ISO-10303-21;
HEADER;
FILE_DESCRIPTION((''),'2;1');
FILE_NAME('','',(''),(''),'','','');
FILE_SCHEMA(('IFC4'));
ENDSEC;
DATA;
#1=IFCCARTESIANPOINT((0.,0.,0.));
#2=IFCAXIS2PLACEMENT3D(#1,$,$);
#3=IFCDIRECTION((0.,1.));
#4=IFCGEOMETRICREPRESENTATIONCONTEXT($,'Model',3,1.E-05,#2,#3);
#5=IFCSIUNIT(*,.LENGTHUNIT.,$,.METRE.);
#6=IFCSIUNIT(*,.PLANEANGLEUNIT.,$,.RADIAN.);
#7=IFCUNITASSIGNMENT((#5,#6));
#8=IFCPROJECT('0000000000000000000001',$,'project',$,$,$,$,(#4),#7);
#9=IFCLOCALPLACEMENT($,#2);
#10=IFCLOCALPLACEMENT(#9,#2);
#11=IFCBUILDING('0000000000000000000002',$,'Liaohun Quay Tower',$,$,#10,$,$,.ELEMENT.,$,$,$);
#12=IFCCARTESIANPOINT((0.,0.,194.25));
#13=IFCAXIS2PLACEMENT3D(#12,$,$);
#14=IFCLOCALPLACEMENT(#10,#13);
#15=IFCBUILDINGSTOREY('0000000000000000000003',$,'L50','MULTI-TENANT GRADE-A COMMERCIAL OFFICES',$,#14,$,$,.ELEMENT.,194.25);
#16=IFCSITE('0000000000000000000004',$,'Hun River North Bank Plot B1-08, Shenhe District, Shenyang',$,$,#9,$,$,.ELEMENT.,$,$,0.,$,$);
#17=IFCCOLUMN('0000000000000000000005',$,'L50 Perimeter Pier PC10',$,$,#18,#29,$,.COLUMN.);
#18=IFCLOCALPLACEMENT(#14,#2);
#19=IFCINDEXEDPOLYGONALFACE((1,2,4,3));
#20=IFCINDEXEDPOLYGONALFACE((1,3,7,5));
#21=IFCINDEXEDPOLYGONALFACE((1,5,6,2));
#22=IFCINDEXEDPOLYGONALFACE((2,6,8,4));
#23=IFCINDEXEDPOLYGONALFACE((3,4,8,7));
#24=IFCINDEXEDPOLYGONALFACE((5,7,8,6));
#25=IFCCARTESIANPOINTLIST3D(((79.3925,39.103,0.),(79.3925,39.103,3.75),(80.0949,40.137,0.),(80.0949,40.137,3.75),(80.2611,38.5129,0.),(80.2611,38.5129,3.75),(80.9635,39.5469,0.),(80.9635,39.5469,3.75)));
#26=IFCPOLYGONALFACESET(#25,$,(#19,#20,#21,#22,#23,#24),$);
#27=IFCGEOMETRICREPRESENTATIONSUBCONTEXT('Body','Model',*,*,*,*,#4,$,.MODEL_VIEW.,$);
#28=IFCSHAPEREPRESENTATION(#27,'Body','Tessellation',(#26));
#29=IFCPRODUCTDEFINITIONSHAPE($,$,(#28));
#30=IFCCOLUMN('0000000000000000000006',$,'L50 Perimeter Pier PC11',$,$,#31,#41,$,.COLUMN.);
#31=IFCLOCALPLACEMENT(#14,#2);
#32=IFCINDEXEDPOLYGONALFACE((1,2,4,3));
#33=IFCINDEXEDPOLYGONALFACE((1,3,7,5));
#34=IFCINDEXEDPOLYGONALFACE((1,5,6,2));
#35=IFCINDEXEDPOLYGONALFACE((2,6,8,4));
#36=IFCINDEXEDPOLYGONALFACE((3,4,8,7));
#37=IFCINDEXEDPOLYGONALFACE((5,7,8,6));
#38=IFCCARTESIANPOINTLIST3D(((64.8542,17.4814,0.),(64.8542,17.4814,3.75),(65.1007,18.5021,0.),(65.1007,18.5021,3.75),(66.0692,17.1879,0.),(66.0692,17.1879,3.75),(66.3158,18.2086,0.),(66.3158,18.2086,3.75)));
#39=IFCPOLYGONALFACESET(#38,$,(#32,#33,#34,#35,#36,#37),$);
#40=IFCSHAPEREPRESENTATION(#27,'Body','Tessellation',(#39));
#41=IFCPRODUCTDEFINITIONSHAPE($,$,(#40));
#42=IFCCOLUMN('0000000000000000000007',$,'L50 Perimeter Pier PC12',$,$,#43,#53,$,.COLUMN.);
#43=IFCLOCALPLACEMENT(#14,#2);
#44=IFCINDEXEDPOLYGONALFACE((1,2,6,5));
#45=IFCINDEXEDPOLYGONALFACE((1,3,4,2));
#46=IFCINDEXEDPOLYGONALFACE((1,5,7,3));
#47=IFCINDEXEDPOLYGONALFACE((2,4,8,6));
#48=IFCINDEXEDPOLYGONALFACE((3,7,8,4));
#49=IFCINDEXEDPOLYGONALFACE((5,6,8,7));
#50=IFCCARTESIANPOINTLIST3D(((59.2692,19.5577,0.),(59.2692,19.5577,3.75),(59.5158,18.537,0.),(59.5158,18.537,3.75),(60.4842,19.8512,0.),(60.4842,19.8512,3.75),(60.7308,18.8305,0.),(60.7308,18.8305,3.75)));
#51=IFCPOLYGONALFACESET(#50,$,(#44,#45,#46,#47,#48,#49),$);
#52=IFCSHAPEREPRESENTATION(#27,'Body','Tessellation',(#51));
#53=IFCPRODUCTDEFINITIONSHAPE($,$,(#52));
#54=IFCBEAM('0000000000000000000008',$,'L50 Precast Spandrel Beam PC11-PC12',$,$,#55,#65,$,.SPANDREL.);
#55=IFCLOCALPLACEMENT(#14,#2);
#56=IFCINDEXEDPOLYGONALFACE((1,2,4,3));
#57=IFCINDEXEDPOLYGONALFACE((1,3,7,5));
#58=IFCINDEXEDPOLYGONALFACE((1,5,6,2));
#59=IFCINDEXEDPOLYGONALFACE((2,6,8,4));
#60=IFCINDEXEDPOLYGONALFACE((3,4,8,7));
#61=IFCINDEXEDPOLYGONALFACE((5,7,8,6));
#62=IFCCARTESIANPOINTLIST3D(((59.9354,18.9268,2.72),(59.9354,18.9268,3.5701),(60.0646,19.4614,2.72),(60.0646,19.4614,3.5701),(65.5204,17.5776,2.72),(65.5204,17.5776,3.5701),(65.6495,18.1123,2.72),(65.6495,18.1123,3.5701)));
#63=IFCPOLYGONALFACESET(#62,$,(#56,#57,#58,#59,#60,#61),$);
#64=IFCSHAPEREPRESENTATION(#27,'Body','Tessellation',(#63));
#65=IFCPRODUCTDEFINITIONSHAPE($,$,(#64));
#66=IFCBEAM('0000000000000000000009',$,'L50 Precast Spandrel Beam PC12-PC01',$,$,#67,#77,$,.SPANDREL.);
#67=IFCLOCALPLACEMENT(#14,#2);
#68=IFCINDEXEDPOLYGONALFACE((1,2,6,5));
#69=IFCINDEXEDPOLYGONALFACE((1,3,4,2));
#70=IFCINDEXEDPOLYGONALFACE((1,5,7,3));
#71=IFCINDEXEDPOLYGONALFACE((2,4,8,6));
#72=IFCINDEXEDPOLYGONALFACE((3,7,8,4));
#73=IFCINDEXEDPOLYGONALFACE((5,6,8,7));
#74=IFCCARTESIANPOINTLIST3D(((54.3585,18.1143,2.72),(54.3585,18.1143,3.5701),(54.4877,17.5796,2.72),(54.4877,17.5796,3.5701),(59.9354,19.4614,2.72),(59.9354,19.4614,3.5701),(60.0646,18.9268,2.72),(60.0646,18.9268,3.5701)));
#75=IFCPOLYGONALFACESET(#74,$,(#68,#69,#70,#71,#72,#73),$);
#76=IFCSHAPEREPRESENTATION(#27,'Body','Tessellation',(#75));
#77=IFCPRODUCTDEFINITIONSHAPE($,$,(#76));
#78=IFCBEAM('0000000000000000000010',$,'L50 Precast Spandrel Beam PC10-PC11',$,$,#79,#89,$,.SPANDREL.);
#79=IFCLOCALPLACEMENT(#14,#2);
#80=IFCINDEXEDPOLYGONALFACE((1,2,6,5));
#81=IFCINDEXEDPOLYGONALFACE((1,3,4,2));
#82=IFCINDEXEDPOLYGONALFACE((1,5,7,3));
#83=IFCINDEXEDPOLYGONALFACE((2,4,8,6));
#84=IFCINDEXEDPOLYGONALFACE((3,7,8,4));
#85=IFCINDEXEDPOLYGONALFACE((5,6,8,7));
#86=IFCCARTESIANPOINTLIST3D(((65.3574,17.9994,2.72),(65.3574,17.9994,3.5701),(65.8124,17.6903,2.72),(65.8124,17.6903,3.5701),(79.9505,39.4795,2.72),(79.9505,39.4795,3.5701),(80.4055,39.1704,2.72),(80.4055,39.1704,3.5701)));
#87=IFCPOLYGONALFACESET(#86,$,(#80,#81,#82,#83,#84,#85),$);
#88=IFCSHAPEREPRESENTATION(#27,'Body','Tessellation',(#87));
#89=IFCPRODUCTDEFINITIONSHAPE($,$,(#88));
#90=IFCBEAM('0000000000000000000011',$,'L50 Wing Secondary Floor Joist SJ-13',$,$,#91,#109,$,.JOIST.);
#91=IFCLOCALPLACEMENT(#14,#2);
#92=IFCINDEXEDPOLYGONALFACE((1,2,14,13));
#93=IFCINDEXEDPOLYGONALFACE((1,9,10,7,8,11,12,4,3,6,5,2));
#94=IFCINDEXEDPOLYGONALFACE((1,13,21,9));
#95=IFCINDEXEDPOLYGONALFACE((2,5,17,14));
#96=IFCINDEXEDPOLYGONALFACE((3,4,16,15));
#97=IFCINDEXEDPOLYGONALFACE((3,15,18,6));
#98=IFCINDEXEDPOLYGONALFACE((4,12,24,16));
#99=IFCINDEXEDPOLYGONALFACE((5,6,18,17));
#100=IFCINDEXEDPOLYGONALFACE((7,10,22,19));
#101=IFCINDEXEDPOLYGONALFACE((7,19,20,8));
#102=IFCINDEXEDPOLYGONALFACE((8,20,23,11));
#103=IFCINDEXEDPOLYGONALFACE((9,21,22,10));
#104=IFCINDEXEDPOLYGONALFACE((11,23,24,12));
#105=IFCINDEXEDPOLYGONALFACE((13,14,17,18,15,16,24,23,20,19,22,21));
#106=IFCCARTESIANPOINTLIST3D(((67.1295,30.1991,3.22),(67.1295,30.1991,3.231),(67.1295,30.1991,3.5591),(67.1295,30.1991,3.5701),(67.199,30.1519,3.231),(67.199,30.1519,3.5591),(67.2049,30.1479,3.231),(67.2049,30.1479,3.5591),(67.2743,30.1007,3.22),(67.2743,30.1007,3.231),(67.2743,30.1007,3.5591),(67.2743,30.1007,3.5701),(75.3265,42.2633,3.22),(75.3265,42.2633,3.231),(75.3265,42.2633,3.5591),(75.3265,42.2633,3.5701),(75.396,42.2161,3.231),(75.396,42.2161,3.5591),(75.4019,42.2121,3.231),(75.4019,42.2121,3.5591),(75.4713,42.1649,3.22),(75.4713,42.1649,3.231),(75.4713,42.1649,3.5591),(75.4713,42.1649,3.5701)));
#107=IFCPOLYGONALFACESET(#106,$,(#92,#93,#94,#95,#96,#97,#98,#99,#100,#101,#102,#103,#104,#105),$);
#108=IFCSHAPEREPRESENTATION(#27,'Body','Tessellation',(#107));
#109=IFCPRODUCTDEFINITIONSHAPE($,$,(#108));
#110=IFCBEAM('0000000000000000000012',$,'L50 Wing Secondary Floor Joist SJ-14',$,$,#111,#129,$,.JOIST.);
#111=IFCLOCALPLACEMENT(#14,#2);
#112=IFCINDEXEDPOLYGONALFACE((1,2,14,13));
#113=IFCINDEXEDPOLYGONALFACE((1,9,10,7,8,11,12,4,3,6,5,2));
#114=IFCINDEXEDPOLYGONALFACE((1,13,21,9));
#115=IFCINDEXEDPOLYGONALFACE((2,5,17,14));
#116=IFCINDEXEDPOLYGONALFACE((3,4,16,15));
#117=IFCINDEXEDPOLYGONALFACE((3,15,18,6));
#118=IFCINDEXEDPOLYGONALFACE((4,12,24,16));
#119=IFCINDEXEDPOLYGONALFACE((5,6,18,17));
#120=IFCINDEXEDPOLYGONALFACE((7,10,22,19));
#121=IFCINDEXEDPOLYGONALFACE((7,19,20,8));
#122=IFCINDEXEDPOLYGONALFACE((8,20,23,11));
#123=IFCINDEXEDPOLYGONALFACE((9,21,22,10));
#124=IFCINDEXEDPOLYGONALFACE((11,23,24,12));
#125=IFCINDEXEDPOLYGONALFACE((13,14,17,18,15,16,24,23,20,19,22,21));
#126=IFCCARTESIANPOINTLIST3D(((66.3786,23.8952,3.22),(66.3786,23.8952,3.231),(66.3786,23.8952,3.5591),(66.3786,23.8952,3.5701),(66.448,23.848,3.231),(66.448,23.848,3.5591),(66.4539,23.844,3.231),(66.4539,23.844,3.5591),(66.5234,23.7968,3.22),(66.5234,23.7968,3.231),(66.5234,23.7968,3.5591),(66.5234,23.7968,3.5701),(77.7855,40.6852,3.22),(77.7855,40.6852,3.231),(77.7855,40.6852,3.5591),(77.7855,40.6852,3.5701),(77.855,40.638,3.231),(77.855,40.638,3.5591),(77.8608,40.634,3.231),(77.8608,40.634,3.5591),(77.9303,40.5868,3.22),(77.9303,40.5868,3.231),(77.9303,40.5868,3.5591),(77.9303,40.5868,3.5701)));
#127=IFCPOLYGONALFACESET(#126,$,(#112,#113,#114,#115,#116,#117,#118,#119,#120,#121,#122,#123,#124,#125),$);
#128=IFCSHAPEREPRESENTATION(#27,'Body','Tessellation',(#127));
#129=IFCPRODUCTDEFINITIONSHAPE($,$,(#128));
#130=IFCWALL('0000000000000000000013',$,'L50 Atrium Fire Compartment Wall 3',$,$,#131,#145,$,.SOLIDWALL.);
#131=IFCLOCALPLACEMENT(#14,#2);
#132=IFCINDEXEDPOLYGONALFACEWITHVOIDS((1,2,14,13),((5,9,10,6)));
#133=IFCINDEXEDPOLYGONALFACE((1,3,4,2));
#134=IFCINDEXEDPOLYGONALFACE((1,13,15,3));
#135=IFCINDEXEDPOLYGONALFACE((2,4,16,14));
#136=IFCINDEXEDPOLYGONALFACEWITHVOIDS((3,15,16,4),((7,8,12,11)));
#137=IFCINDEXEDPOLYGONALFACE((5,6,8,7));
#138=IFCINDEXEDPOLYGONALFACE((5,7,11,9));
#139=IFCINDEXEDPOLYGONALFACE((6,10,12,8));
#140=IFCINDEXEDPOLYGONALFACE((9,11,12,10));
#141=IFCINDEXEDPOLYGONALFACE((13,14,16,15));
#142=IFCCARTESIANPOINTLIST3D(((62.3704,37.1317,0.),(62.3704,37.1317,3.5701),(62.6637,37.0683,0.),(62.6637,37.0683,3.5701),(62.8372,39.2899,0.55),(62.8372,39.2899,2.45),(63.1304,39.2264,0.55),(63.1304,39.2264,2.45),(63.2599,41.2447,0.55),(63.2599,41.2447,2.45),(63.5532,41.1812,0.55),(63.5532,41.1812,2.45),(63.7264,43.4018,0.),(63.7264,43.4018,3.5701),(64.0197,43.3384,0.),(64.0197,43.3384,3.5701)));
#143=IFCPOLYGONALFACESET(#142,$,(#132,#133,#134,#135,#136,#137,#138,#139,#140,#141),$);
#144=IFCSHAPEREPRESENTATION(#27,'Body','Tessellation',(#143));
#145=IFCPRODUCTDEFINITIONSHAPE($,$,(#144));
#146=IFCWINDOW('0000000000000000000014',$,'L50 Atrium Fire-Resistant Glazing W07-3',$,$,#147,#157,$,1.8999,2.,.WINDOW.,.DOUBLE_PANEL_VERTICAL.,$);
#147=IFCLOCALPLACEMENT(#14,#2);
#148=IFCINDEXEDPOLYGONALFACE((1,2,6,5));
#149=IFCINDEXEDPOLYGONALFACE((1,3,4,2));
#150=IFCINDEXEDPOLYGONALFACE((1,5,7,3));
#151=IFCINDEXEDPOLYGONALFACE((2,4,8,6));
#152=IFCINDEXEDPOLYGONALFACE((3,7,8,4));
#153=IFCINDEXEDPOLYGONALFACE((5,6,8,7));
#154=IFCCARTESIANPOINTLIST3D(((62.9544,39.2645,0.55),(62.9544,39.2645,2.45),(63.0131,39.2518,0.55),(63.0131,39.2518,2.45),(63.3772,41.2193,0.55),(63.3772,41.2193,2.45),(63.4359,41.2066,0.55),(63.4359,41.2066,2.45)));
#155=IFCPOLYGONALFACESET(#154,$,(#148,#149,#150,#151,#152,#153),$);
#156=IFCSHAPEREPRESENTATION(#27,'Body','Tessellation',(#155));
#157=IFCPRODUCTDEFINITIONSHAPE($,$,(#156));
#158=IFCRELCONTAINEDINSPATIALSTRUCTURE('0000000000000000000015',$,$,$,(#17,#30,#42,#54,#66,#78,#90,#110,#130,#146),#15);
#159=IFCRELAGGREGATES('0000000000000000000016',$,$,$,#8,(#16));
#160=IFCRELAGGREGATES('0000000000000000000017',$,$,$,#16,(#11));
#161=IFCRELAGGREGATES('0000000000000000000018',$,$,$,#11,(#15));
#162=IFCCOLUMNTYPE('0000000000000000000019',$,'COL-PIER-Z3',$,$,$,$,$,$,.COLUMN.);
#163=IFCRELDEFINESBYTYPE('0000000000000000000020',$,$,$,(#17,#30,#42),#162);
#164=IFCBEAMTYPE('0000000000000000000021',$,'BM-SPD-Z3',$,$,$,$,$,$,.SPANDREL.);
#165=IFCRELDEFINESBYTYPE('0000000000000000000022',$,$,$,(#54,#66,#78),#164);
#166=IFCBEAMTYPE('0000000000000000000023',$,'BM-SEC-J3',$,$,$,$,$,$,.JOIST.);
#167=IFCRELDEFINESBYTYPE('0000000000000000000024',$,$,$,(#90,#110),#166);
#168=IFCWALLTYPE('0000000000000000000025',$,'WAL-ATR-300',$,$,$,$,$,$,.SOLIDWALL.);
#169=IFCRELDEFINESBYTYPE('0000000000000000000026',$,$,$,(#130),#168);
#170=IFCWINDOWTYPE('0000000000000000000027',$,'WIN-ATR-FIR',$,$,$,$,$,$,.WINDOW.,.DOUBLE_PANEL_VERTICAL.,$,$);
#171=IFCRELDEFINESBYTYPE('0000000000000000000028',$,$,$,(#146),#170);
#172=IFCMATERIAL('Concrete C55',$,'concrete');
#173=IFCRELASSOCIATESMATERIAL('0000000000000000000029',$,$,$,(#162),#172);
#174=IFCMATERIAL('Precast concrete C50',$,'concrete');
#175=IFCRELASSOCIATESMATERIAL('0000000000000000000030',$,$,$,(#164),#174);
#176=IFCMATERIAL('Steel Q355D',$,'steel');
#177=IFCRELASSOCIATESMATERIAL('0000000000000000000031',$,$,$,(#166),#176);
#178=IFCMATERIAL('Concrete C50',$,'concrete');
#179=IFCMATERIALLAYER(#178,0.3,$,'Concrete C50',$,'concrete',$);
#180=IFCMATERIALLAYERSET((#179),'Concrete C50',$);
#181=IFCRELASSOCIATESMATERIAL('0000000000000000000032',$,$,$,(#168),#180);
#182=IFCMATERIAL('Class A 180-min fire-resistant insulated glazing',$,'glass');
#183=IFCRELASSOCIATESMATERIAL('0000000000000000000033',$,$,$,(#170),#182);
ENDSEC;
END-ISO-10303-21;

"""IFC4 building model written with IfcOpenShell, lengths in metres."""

from ifc_helpers import new_model, si_unit, direction, frame, frame_2d, origin, origin_2d, place, context, subcontext, project, spatial, rectangle, i_section, extrude, source, transform, mapped, material, layer, layer_set, material_profile, profile_set, type_object, element, fill, save


model = new_model("IFC4")

# Units and contexts
model_context = context("Model", 3, precision=1e-05, world=origin(), true_north=direction((0.0, 1.0)))
body_context = subcontext(model_context, "Body", "Model", "MODEL_VIEW")
ifc_project = project(units=[si_unit("LENGTHUNIT", "METRE"), si_unit("PLANEANGLEUNIT", "RADIAN")], contexts=[model_context])

# Site, building, storey
site_placement = place(None, origin())
site = spatial("IfcSite", under=ifc_project, at=site_placement, Name="Hun River North Bank Plot B1-08, Shenhe District, Shenyang", CompositionType="ELEMENT", RefElevation=0.0)
building_placement = place(site_placement, origin())
building = spatial("IfcBuilding", under=site, at=building_placement, Name="Liaohun Quay Tower", CompositionType="ELEMENT")
storey_placement = place(building_placement, frame((0.0, 0.0, 194.25)))
storey = spatial("IfcBuildingStorey", under=building, at=storey_placement, Name="L50", Description="MULTI-TENANT GRADE-A COMMERCIAL OFFICES", CompositionType="ELEMENT", Elevation=194.25)

# Columns
ifc_material_1 = material(Name="Concrete C55", Category="concrete")
ifc_material_profile_1 = material_profile(ifc_material_1, rectangle(XDim=1.25, YDim=1.05, at=origin_2d()), Name="RC1250x1050")
ifc_profile_set_1 = profile_set([ifc_material_profile_1], Name="Concrete C55")
column_type = type_object("IfcColumnType", Name="COL-PIER-Z3", PredefinedType="COLUMN", material=ifc_profile_set_1)
shared_shape_1 = source(origin(), body_context, "Body", "SweptSolid", [
    extrude(rectangle(XDim=1.25, YDim=1.05, at=origin_2d()), origin(), (0.0, 0.0, 1.0), 3.75),
])
for number, where, z_axis, x_axis, name in (
    (1, (80.178, 39.325, 0.0), (0.0, 0.0, 1.0), (0.561939, 0.827179, 0.0), "L50 Perimeter Pier PC10"),
    (2, (65.585, 17.845, 0.0), (0.0, 0.0, 1.0), (-0.972043, 0.234803, 0.0), "L50 Perimeter Pier PC11"),
    (3, (60.0, 19.1941, 0.0), (0.0, 0.0, 1.0), (0.972043, 0.234803, 0.0), "L50 Perimeter Pier PC12"),
):
    element("IfcColumn", number, at=place(storey_placement, frame(where, z_axis=z_axis, x_axis=x_axis)), inside=storey, type_object=column_type, Name=name, PredefinedType="COLUMN", context=body_context, shape_type="MappedRepresentation", body=[
        mapped(shared_shape_1, transform((0.0, 0.0, 0.0), x_axis=(1.0, 0.0, 0.0), y_axis=(0.0, 1.0, 0.0), z_axis=(0.0, 0.0, 1.0), scale=1.0)),
    ])

# Beams
ifc_material_2 = material(Name="Precast concrete C50", Category="concrete")
ifc_material_profile_2 = material_profile(ifc_material_2, rectangle(XDim=0.55, YDim=0.8501, at=origin_2d()), Name="RC550x850")
ifc_profile_set_2 = profile_set([ifc_material_profile_2], Name="Precast concrete C50")
beam_type_1 = type_object("IfcBeamType", Name="BM-SPD-Z3", PredefinedType="SPANDREL", material=ifc_profile_set_2)
shared_shape_2 = source(origin(), body_context, "Body", "SweptSolid", [
    extrude(rectangle(XDim=0.55, YDim=0.8501, at=origin_2d()), origin(), (0.0, 0.0, 1.0), 5.7456),
])
beam_1_placement = place(storey_placement, frame((65.585, 17.845, 3.145), z_axis=(-0.972041, 0.234809, 0.0), x_axis=(-0.234809, -0.972041, 0.0)))
element("IfcBeam", 4, at=beam_1_placement, inside=storey, type_object=beam_type_1, Name="L50 Precast Spandrel Beam PC11-PC12", PredefinedType="SPANDREL", context=body_context, shape_type="MappedRepresentation", body=[
    mapped(shared_shape_2, transform((0.0, 0.0, 0.0), x_axis=(1.0, 0.0, 0.0), y_axis=(0.0, 1.0, 0.0), z_axis=(0.0, 0.0, 1.0), scale=1.0)),
])
shared_shape_3 = source(origin(), body_context, "Body", "SweptSolid", [
    extrude(rectangle(XDim=0.55, YDim=0.8501, at=origin_2d()), origin(), (0.0, 0.0, 1.0), 5.7373),
])
beam_2_placement = place(storey_placement, frame((60.0, 19.1941, 3.145), z_axis=(-0.972042, -0.234808, 0.0), x_axis=(0.234808, -0.972042, 0.0)))
element("IfcBeam", 5, at=beam_2_placement, inside=storey, type_object=beam_type_1, Name="L50 Precast Spandrel Beam PC12-PC01", PredefinedType="SPANDREL", context=body_context, shape_type="MappedRepresentation", body=[
    mapped(shared_shape_3, transform((0.0, 0.0, 0.0), x_axis=(1.0, 0.0, 0.0), y_axis=(0.0, 1.0, 0.0), z_axis=(0.0, 0.0, 1.0), scale=1.0)),
])
shared_shape_4 = source(origin(), body_context, "Body", "SweptSolid", [
    extrude(rectangle(XDim=0.55, YDim=0.8501, at=origin_2d()), origin(), (0.0, 0.0, 1.0), 25.9683),
])
beam_3_placement = place(storey_placement, frame((80.178, 39.325, 3.145), z_axis=(-0.561958, -0.827166, 0.0), x_axis=(0.827166, -0.561958, 0.0)))
element("IfcBeam", 6, at=beam_3_placement, inside=storey, type_object=beam_type_1, Name="L50 Precast Spandrel Beam PC10-PC11", PredefinedType="SPANDREL", context=body_context, shape_type="MappedRepresentation", body=[
    mapped(shared_shape_4, transform((0.0, 0.0, 0.0), x_axis=(1.0, 0.0, 0.0), y_axis=(0.0, 1.0, 0.0), z_axis=(0.0, 0.0, 1.0), scale=1.0)),
])
ifc_material_3 = material(Name="Steel Q355D", Category="steel")
ifc_material_profile_3 = material_profile(ifc_material_3, i_section(OverallWidth=0.175, OverallDepth=0.3501, WebThickness=0.0071, FlangeThickness=0.011, at=origin_2d()), Name="HN350x175x7x11")
ifc_profile_set_3 = profile_set([ifc_material_profile_3], Name="Steel Q355D")
beam_type_2 = type_object("IfcBeamType", Name="BM-SEC-J3", PredefinedType="JOIST", material=ifc_profile_set_3)
shared_shape_5 = source(origin(), body_context, "Body", "SweptSolid", [
    extrude(i_section(OverallWidth=0.175, OverallDepth=0.3501, WebThickness=0.0071, FlangeThickness=0.011, at=origin_2d()), origin(), (0.0, 0.0, 1.0), 14.5854),
])
beam_4_placement = place(storey_placement, frame((75.3989, 42.2141, 3.395), z_axis=(-0.561999, -0.827138, 0.0), x_axis=(0.827138, -0.561999, 0.0)))
element("IfcBeam", 7, at=beam_4_placement, inside=storey, type_object=beam_type_2, Name="L50 Wing Secondary Floor Joist SJ-13", PredefinedType="JOIST", context=body_context, shape_type="MappedRepresentation", body=[
    mapped(shared_shape_5, transform((0.0, 0.0, 0.0), x_axis=(1.0, 0.0, 0.0), y_axis=(0.0, 1.0, 0.0), z_axis=(0.0, 0.0, 1.0), scale=1.0)),
])
shared_shape_6 = source(origin(), body_context, "Body", "SweptSolid", [
    extrude(i_section(OverallWidth=0.175, OverallDepth=0.3501, WebThickness=0.0071, FlangeThickness=0.011, at=origin_2d()), origin(), (0.0, 0.0, 1.0), 20.2983),
])
beam_5_placement = place(storey_placement, frame((77.8579, 40.636, 3.395), z_axis=(-0.561965, -0.827161, 0.0), x_axis=(0.827161, -0.561965, 0.0)))
element("IfcBeam", 8, at=beam_5_placement, inside=storey, type_object=beam_type_2, Name="L50 Wing Secondary Floor Joist SJ-14", PredefinedType="JOIST", context=body_context, shape_type="MappedRepresentation", body=[
    mapped(shared_shape_6, transform((0.0, 0.0, 0.0), x_axis=(1.0, 0.0, 0.0), y_axis=(0.0, 1.0, 0.0), z_axis=(0.0, 0.0, 1.0), scale=1.0)),
])

# Wall, opening, window
ifc_material_4 = material(Name="Concrete C50", Category="concrete")
ifc_layer_1 = layer(ifc_material_4, 0.3, Name="Concrete C50", Category="concrete")
ifc_layer_set_1 = layer_set([ifc_layer_1], Name="Concrete C50")
wall_type_1 = type_object("IfcWallType", Name="WAL-ATR-300", PredefinedType="SOLIDWALL", material=ifc_layer_set_1)
wall_1_placement = place(storey_placement, frame((63.873, 43.3701, 0.0), z_axis=(0.0, 0.0, 1.0), x_axis=(-0.211374, -0.977405, 0.0)))
wall_1 = element("IfcWall", 9, at=wall_1_placement, inside=storey, type_object=wall_type_1, Name="L50 Atrium Fire Compartment Wall 3", PredefinedType="SOLIDWALL", context=body_context, shape_type="SweptSolid", body=[
    extrude(rectangle(XDim=6.415, YDim=0.3, at=frame_2d((3.2075, 0.0))), origin(), (0.0, 0.0, 1.0), 3.5701),
])
shared_shape_7 = source(origin(), body_context, "Body", "SweptSolid", [
    extrude(rectangle(XDim=2.0, YDim=1.8999, at=frame_2d((1.0, 0.95))), frame((0.0, 0.1599, 0.0), z_axis=(0.0, -1.0, 0.0), x_axis=(1.0, 0.0, 0.0)), (0.0, 0.0, 1.0), 0.3201),
])
opening_1_placement = place(wall_1_placement, frame((2.207, 0.0, 0.55)))
opening_1 = element("IfcOpeningElement", 10, at=opening_1_placement, cuts=wall_1, PredefinedType="OPENING", context=body_context, shape_type="MappedRepresentation", body=[
    mapped(shared_shape_7, transform((0.0, 0.0, 0.0), x_axis=(1.0, 0.0, 0.0), y_axis=(0.0, 1.0, 0.0), z_axis=(0.0, 0.0, 1.0), scale=1.0)),
])
ifc_material_5 = material(Name="Class A 180-min fire-resistant insulated glazing", Category="glass")
window_type_1 = type_object("IfcWindowType", Name="WIN-ATR-FIR", PartitioningType="DOUBLE_PANEL_VERTICAL", PredefinedType="WINDOW", material=ifc_material_5)
shared_shape_8 = source(origin(), body_context, "Body", "SweptSolid", [
    extrude(rectangle(XDim=2.0, YDim=1.8999, at=frame_2d((1.0, 0.95))), frame((0.0, 0.03, 0.0), z_axis=(0.0, -1.0, 0.0), x_axis=(1.0, 0.0, 0.0)), (0.0, 0.0, 1.0), 0.0601),
])
window_1_placement = place(opening_1_placement, origin())
window_1 = element("IfcWindow", 11, at=window_1_placement, inside=storey, type_object=window_type_1, Name="L50 Atrium Fire-Resistant Glazing W07-3", OverallHeight=1.8999, OverallWidth=2.0, PartitioningType="DOUBLE_PANEL_VERTICAL", PredefinedType="WINDOW", context=body_context, shape_type="MappedRepresentation", body=[
    mapped(shared_shape_8, transform((0.0, 0.0, 0.0), x_axis=(1.0, 0.0, 0.0), y_axis=(0.0, 1.0, 0.0), z_axis=(0.0, 0.0, 1.0), scale=1.0)),
])
fill(opening_1, window_1)

save(model, "model.ifc")
